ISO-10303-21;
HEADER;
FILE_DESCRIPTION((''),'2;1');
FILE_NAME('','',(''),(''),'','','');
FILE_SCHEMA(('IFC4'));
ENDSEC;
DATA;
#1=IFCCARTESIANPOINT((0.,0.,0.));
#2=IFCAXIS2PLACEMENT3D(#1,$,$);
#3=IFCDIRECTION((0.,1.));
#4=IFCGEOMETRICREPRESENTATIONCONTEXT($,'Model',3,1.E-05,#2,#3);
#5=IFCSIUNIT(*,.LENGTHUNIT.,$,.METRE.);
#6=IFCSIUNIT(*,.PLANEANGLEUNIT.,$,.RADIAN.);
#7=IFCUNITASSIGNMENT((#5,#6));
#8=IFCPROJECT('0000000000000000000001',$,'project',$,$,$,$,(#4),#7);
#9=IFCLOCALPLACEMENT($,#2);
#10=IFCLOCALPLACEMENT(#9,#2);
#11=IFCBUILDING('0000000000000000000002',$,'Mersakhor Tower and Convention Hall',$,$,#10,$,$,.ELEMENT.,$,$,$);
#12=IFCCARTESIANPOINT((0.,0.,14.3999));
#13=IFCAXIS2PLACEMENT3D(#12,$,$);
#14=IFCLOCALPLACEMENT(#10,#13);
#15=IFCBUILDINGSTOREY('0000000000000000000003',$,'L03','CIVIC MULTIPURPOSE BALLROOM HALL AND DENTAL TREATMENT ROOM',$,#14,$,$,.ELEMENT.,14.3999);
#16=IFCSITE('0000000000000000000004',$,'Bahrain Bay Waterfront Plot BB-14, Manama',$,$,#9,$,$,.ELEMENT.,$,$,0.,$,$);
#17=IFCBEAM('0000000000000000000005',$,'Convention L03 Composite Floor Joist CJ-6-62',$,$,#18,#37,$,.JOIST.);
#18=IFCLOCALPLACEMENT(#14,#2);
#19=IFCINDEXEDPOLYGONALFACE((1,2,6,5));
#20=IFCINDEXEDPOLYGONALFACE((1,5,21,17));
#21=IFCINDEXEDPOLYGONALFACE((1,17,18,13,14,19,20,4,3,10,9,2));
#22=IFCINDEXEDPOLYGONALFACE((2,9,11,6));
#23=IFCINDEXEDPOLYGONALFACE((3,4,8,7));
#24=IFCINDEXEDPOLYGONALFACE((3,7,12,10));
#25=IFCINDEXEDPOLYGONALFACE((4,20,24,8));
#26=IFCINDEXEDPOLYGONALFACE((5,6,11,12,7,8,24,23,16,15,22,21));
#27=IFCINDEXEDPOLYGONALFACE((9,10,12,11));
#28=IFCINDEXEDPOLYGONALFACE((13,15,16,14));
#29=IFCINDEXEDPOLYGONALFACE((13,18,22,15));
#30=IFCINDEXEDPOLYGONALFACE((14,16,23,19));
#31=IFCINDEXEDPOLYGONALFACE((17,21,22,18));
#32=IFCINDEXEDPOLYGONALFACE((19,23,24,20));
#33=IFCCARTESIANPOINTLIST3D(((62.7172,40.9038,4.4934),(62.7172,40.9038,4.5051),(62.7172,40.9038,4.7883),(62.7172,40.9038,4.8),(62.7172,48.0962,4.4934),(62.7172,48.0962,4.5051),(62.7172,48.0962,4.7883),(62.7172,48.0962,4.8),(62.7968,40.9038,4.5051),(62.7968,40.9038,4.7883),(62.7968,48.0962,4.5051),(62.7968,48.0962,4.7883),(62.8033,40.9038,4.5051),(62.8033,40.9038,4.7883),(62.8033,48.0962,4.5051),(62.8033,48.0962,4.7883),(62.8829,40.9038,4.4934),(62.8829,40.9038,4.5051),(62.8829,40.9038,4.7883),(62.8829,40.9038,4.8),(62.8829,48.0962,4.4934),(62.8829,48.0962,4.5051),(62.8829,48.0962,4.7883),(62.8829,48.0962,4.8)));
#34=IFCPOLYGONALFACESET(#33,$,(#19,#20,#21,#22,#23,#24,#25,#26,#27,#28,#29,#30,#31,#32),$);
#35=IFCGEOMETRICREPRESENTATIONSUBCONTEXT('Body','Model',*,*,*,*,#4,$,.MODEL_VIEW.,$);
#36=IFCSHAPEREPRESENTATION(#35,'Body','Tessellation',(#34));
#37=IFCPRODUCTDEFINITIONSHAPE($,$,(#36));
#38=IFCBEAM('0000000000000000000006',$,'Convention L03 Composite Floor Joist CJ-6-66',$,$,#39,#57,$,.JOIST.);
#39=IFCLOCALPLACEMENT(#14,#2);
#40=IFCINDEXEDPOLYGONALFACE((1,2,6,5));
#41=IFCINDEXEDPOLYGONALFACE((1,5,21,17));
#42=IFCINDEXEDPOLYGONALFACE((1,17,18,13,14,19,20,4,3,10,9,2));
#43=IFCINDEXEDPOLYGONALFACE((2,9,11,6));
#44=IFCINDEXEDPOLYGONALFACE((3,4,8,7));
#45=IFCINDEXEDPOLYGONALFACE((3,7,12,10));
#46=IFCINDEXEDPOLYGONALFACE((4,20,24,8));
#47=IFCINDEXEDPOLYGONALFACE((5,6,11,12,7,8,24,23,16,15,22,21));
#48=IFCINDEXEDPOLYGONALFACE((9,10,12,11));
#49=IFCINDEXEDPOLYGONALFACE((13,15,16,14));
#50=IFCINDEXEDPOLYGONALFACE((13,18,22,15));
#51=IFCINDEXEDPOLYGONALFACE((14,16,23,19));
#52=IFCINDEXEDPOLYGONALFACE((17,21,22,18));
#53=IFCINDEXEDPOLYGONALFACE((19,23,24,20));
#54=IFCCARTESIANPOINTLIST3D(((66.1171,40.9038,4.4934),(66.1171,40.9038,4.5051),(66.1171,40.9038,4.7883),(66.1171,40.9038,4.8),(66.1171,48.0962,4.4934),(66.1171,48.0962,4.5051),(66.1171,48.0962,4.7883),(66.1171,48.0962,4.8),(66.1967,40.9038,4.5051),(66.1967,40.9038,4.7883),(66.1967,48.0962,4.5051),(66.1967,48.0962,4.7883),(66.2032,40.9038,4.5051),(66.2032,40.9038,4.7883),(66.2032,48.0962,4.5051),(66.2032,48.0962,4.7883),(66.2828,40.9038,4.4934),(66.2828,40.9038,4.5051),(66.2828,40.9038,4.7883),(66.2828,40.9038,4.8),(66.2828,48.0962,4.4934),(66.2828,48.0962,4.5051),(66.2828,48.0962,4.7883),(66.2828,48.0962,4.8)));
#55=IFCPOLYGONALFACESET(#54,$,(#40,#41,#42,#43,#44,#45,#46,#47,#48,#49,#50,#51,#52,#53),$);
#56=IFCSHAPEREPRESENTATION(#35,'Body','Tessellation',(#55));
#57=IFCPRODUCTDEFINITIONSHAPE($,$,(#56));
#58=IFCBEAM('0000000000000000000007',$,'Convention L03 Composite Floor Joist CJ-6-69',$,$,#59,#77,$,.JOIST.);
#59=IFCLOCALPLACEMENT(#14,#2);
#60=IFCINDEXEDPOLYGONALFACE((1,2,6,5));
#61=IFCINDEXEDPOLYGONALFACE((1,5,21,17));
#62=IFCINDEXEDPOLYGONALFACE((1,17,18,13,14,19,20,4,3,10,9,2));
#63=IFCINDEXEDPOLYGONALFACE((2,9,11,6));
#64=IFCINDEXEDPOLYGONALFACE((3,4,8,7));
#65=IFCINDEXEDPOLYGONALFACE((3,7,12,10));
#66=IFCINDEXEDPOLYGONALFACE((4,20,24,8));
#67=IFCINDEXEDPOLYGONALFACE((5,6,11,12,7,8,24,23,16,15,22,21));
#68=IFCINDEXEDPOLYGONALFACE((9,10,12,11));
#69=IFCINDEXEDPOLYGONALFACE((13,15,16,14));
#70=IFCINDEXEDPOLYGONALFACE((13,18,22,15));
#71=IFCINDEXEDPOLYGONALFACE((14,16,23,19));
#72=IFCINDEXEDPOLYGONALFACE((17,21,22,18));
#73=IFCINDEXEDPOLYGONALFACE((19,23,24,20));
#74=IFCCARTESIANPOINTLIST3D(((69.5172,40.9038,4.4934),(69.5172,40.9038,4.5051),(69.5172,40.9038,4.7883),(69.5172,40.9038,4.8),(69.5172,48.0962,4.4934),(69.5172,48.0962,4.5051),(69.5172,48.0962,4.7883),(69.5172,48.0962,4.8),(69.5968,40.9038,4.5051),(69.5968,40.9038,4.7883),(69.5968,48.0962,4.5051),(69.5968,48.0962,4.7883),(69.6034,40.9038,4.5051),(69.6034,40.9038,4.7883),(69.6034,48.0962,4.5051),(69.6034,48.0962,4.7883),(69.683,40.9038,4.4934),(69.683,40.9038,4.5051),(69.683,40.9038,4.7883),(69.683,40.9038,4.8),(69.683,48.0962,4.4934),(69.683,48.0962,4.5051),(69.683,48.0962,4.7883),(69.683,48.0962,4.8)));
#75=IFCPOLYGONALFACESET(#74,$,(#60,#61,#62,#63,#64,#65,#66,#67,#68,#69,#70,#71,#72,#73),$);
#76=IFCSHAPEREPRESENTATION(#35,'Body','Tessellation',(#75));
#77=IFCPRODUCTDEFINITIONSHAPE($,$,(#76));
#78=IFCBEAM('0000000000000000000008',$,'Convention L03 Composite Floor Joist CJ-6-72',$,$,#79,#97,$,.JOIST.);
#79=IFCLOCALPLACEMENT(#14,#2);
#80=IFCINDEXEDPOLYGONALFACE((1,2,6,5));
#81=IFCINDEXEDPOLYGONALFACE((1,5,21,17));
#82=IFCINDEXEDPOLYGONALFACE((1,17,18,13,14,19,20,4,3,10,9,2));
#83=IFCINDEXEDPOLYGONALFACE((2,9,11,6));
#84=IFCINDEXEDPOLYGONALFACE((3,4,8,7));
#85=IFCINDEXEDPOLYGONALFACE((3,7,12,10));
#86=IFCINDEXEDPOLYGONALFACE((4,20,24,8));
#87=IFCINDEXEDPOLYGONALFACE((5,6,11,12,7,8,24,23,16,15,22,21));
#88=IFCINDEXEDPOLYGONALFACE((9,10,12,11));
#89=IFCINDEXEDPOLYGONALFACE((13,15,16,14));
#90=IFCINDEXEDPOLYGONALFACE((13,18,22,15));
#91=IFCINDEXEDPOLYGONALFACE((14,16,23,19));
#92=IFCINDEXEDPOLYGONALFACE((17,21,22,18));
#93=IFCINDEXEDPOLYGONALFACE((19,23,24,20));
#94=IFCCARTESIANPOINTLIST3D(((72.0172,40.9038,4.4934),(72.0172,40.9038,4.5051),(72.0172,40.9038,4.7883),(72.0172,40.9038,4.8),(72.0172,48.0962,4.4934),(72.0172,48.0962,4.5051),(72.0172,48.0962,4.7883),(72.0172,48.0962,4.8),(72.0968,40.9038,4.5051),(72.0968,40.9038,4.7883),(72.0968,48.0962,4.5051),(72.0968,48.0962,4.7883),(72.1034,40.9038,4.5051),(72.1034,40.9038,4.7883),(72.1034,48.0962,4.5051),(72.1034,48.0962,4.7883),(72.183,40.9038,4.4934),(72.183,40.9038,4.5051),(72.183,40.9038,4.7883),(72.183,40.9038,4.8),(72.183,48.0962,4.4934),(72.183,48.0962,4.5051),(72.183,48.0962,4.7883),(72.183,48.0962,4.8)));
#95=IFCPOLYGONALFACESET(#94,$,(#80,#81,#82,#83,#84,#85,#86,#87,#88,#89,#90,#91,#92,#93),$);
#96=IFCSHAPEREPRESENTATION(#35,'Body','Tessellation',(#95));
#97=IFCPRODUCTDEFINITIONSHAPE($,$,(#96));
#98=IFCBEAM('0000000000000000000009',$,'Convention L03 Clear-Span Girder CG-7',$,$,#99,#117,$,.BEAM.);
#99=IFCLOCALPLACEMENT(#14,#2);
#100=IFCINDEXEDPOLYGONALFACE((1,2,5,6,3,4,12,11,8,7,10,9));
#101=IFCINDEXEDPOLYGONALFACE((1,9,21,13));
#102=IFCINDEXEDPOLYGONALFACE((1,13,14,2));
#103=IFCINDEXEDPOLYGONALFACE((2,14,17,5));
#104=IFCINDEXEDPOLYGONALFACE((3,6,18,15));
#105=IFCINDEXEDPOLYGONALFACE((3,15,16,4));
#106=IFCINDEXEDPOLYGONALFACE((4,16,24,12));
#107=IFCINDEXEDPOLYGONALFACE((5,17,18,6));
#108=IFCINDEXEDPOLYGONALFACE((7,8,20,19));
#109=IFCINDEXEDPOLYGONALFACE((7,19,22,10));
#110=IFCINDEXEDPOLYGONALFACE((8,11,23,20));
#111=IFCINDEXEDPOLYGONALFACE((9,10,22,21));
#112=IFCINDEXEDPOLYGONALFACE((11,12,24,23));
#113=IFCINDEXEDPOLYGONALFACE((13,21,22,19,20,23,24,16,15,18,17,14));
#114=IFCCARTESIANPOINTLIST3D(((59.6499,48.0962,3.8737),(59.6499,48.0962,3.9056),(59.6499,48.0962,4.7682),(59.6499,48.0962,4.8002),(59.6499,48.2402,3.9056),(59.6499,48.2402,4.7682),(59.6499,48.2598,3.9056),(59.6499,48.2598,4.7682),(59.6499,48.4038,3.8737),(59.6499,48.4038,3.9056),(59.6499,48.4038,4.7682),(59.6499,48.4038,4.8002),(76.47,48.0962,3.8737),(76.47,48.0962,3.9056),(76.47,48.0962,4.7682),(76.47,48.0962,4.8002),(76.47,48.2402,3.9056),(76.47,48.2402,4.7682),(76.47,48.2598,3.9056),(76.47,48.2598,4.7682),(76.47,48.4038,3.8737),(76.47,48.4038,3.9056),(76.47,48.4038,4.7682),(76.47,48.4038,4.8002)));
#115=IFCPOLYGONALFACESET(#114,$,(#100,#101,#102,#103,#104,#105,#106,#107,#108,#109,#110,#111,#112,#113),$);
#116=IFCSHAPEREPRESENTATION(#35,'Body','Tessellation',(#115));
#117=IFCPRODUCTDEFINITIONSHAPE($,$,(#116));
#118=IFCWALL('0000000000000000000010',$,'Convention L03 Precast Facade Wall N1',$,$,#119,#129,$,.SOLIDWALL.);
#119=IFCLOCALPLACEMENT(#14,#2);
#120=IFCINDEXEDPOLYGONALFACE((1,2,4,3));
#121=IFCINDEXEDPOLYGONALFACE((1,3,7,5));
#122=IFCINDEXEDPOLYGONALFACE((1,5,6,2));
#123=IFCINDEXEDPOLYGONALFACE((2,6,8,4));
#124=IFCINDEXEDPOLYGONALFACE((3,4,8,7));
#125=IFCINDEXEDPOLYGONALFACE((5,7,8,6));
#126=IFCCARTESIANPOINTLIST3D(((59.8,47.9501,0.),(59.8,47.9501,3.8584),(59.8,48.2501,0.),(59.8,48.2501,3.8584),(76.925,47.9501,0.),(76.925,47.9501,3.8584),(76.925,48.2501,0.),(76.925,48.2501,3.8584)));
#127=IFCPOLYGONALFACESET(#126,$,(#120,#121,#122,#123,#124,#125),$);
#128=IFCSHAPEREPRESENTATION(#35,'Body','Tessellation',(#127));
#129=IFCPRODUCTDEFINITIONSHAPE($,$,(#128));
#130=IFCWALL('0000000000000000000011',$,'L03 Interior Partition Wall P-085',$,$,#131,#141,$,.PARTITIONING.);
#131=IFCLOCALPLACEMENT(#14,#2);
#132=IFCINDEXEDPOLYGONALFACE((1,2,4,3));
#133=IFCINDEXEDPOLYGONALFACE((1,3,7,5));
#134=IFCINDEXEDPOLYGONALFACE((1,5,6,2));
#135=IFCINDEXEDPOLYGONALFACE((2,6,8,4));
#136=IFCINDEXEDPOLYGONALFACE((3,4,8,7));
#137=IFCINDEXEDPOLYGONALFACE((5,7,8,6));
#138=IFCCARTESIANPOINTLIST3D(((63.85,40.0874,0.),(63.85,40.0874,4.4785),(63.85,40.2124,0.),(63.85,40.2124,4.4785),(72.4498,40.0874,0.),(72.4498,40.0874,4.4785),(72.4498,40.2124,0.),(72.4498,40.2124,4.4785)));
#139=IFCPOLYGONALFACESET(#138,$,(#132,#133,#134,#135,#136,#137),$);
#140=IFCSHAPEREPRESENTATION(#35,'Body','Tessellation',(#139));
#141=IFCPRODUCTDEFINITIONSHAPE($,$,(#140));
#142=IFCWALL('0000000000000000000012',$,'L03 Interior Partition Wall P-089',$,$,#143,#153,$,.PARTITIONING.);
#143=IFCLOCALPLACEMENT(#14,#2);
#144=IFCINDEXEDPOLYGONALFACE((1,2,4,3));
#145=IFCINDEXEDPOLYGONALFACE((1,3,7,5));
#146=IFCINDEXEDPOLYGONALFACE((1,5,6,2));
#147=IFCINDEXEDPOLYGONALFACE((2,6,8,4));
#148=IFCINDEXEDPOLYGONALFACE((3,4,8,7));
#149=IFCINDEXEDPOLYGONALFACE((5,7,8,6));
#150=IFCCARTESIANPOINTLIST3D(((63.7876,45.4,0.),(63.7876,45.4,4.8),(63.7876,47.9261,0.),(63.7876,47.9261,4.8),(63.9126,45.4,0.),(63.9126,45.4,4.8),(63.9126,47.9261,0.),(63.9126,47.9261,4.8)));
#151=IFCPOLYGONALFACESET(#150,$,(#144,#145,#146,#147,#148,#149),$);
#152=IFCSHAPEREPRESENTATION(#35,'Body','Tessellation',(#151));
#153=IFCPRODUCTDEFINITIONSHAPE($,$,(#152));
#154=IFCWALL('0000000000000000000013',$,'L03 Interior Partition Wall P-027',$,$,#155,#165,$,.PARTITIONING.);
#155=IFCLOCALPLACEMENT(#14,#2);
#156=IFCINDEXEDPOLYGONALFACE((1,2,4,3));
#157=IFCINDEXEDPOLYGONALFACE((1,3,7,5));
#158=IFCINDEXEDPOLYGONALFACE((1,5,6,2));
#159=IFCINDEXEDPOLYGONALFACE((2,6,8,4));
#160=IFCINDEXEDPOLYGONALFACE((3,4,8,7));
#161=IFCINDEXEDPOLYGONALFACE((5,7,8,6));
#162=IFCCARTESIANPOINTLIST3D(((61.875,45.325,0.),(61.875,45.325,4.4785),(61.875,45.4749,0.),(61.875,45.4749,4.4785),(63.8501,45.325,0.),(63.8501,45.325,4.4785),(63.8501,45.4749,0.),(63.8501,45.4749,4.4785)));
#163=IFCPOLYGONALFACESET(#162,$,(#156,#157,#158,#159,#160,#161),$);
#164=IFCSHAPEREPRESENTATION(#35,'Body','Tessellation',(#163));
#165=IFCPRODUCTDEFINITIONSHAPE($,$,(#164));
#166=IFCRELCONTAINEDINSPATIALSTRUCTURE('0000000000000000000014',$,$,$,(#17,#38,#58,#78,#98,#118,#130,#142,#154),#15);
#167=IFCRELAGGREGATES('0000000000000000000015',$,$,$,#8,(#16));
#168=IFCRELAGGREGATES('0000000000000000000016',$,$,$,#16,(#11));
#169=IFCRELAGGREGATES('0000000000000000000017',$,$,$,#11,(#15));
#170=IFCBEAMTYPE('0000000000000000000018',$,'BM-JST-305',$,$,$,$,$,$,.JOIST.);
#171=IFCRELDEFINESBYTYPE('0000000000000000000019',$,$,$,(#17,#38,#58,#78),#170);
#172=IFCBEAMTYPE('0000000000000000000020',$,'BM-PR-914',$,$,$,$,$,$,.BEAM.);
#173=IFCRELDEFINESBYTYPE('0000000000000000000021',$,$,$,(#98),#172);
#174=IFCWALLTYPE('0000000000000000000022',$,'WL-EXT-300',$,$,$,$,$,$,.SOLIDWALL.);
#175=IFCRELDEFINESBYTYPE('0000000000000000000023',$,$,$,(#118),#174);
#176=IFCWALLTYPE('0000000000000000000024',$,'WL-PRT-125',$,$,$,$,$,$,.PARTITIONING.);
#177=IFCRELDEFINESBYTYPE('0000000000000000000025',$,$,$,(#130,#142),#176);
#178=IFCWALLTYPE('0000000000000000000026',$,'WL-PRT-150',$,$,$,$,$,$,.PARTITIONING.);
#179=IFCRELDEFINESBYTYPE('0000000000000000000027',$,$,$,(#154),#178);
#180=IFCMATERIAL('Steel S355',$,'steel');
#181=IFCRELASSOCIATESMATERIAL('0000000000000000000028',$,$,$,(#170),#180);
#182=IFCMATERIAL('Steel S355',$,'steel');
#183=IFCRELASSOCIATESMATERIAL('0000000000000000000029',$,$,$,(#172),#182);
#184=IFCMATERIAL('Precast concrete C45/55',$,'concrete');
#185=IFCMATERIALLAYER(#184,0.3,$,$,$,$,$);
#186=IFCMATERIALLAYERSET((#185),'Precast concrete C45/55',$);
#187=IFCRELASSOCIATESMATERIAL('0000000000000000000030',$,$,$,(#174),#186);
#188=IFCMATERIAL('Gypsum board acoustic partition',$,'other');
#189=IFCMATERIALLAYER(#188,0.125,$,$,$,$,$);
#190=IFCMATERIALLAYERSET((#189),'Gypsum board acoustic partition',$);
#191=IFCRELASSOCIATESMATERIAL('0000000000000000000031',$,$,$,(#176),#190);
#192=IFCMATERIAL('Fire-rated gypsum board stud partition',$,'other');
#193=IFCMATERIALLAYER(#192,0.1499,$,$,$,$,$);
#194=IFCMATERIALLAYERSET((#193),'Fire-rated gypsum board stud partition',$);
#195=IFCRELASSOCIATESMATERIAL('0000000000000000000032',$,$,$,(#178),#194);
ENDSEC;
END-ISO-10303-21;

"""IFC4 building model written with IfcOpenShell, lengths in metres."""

from ifc_helpers import new_model, si_unit, direction, frame, frame_2d, origin, origin_2d, place, context, subcontext, project, spatial, rectangle, i_section, extrude, material, layer, layer_set, material_profile, profile_set, type_object, element, save


model = new_model("IFC4")

# Units and contexts
model_context = context("Model", 3, precision=1e-05, world=origin(), true_north=direction((0.0, 1.0)))
body_context = subcontext(model_context, "Body", "Model", "MODEL_VIEW")
ifc_project = project(units=[si_unit("LENGTHUNIT", "METRE"), si_unit("PLANEANGLEUNIT", "RADIAN")], contexts=[model_context])

# Site, building, storey
site_placement = place(None, origin())
site = spatial("IfcSite", under=ifc_project, at=site_placement, Name="Bahrain Bay Waterfront Plot BB-14, Manama", CompositionType="ELEMENT", RefElevation=0.0)
building_placement = place(site_placement, origin())
building = spatial("IfcBuilding", under=site, at=building_placement, Name="Mersakhor Tower and Convention Hall", CompositionType="ELEMENT")
storey_placement = place(building_placement, frame((0.0, 0.0, 14.3999)))
storey = spatial("IfcBuildingStorey", under=building, at=storey_placement, Name="L03", Description="CIVIC MULTIPURPOSE BALLROOM HALL AND DENTAL TREATMENT ROOM", CompositionType="ELEMENT", Elevation=14.3999)

# Beams
ifc_material_1 = material(Name="Steel S355", Category="steel")
ifc_material_profile_1 = material_profile(ifc_material_1, i_section(OverallWidth=0.1658, OverallDepth=0.3066, WebThickness=0.0066, FlangeThickness=0.0117, at=origin_2d()), Name="UB 305x165x46")
ifc_profile_set_1 = profile_set([ifc_material_profile_1], Name="Steel S355")
beam_type_1 = type_object("IfcBeamType", Name="BM-JST-305", PredefinedType="JOIST", material=ifc_profile_set_1)
for number, where, z_axis, x_axis, name in (
    (1, (62.8, 40.9038, 4.6467), (0.0, 1.0, 0.0), (-1.0, 0.0, 0.0), "Convention L03 Composite Floor Joist CJ-6-62"),
    (2, (66.2, 40.9038, 4.6467), (0.0, 1.0, 0.0), (-1.0, 0.0, 0.0), "Convention L03 Composite Floor Joist CJ-6-66"),
    (3, (69.6001, 40.9038, 4.6467), (0.0, 1.0, 0.0), (-1.0, 0.0, 0.0), "Convention L03 Composite Floor Joist CJ-6-69"),
    (4, (72.1001, 40.9038, 4.6467), (0.0, 1.0, 0.0), (-1.0, 0.0, 0.0), "Convention L03 Composite Floor Joist CJ-6-72"),
):
    element("IfcBeam", number, at=place(storey_placement, frame(where, z_axis=z_axis, x_axis=x_axis)), inside=storey, type_object=beam_type_1, Name=name, PredefinedType="JOIST", context=body_context, shape_type="SweptSolid", body=[
        extrude(i_section(OverallWidth=0.1658, OverallDepth=0.3066, WebThickness=0.0066, FlangeThickness=0.0117, at=origin_2d()), origin(), (0.0, 0.0, 1.0), 7.1924),
    ])
ifc_material_2 = material(Name="Steel S355", Category="steel")
ifc_material_profile_2 = material_profile(ifc_material_2, i_section(OverallWidth=0.3076, OverallDepth=0.9265, WebThickness=0.0195, FlangeThickness=0.032, at=origin_2d()), Name="UB 914x305x289")
ifc_profile_set_2 = profile_set([ifc_material_profile_2], Name="Steel S355")
beam_type_2 = type_object("IfcBeamType", Name="BM-PR-914", PredefinedType="BEAM", material=ifc_profile_set_2)
beam_placement = place(storey_placement, frame((59.6499, 48.25, 4.3369), z_axis=(1.0, 0.0, 0.0), x_axis=(0.0, 1.0, 0.0)))
element("IfcBeam", 5, at=beam_placement, inside=storey, type_object=beam_type_2, Name="Convention L03 Clear-Span Girder CG-7", PredefinedType="BEAM", context=body_context, shape_type="SweptSolid", body=[
    extrude(i_section(OverallWidth=0.3076, OverallDepth=0.9265, WebThickness=0.0195, FlangeThickness=0.032, at=origin_2d()), origin(), (0.0, 0.0, 1.0), 16.8201),
])

# Walls
ifc_material_3 = material(Name="Precast concrete C45/55", Category="concrete")
ifc_layer_1 = layer(ifc_material_3, 0.3)
ifc_layer_set_1 = layer_set([ifc_layer_1], Name="Precast concrete C45/55")
wall_type_1 = type_object("IfcWallType", Name="WL-EXT-300", PredefinedType="SOLIDWALL", material=ifc_layer_set_1)
wall_1_placement = place(storey_placement, frame((59.8, 48.1001, 0.0), z_axis=(0.0, 0.0, 1.0), x_axis=(1.0, 0.0, 0.0)))
element("IfcWall", 6, at=wall_1_placement, inside=storey, type_object=wall_type_1, Name="Convention L03 Precast Facade Wall N1", PredefinedType="SOLIDWALL", context=body_context, shape_type="SweptSolid", body=[
    extrude(rectangle(XDim=17.125, YDim=0.3, at=frame_2d((8.5625, 0.0))), origin(), (0.0, 0.0, 1.0), 3.8584),
])
ifc_material_4 = material(Name="Gypsum board acoustic partition", Category="other")
ifc_layer_2 = layer(ifc_material_4, 0.125)
ifc_layer_set_2 = layer_set([ifc_layer_2], Name="Gypsum board acoustic partition")
wall_type_2 = type_object("IfcWallType", Name="WL-PRT-125", PredefinedType="PARTITIONING", material=ifc_layer_set_2)
wall_2_placement = place(storey_placement, frame((63.8501, 40.1499, 0.0), z_axis=(0.0, 0.0, 1.0), x_axis=(1.0, 0.0, 0.0)))
element("IfcWall", 7, at=wall_2_placement, inside=storey, type_object=wall_type_2, Name="L03 Interior Partition Wall P-085", PredefinedType="PARTITIONING", context=body_context, shape_type="SweptSolid", body=[
    extrude(rectangle(XDim=8.5999, YDim=0.125, at=frame_2d((4.2998, 0.0))), origin(), (0.0, 0.0, 1.0), 4.4785),
])
wall_3_placement = place(storey_placement, frame((63.8501, 45.3999, 0.0), z_axis=(0.0, 0.0, 1.0), x_axis=(0.0, 1.0, 0.0)))
element("IfcWall", 8, at=wall_3_placement, inside=storey, type_object=wall_type_2, Name="L03 Interior Partition Wall P-089", PredefinedType="PARTITIONING", context=body_context, shape_type="SweptSolid", body=[
    extrude(rectangle(XDim=2.5261, YDim=0.125, at=frame_2d((1.2632, 0.0))), origin(), (0.0, 0.0, 1.0), 4.8),
])
ifc_material_5 = material(Name="Fire-rated gypsum board stud partition", Category="other")
ifc_layer_3 = layer(ifc_material_5, 0.1499)
ifc_layer_set_3 = layer_set([ifc_layer_3], Name="Fire-rated gypsum board stud partition")
wall_type_3 = type_object("IfcWallType", Name="WL-PRT-150", PredefinedType="PARTITIONING", material=ifc_layer_set_3)
wall_4_placement = place(storey_placement, frame((61.875, 45.3999, 0.0), z_axis=(0.0, 0.0, 1.0), x_axis=(1.0, 0.0, 0.0)))
element("IfcWall", 9, at=wall_4_placement, inside=storey, type_object=wall_type_3, Name="L03 Interior Partition Wall P-027", PredefinedType="PARTITIONING", context=body_context, shape_type="SweptSolid", body=[
    extrude(rectangle(XDim=1.9751, YDim=0.1499, at=frame_2d((0.9875, 0.0))), origin(), (0.0, 0.0, 1.0), 4.4785),
])

save(model, "model.ifc")
